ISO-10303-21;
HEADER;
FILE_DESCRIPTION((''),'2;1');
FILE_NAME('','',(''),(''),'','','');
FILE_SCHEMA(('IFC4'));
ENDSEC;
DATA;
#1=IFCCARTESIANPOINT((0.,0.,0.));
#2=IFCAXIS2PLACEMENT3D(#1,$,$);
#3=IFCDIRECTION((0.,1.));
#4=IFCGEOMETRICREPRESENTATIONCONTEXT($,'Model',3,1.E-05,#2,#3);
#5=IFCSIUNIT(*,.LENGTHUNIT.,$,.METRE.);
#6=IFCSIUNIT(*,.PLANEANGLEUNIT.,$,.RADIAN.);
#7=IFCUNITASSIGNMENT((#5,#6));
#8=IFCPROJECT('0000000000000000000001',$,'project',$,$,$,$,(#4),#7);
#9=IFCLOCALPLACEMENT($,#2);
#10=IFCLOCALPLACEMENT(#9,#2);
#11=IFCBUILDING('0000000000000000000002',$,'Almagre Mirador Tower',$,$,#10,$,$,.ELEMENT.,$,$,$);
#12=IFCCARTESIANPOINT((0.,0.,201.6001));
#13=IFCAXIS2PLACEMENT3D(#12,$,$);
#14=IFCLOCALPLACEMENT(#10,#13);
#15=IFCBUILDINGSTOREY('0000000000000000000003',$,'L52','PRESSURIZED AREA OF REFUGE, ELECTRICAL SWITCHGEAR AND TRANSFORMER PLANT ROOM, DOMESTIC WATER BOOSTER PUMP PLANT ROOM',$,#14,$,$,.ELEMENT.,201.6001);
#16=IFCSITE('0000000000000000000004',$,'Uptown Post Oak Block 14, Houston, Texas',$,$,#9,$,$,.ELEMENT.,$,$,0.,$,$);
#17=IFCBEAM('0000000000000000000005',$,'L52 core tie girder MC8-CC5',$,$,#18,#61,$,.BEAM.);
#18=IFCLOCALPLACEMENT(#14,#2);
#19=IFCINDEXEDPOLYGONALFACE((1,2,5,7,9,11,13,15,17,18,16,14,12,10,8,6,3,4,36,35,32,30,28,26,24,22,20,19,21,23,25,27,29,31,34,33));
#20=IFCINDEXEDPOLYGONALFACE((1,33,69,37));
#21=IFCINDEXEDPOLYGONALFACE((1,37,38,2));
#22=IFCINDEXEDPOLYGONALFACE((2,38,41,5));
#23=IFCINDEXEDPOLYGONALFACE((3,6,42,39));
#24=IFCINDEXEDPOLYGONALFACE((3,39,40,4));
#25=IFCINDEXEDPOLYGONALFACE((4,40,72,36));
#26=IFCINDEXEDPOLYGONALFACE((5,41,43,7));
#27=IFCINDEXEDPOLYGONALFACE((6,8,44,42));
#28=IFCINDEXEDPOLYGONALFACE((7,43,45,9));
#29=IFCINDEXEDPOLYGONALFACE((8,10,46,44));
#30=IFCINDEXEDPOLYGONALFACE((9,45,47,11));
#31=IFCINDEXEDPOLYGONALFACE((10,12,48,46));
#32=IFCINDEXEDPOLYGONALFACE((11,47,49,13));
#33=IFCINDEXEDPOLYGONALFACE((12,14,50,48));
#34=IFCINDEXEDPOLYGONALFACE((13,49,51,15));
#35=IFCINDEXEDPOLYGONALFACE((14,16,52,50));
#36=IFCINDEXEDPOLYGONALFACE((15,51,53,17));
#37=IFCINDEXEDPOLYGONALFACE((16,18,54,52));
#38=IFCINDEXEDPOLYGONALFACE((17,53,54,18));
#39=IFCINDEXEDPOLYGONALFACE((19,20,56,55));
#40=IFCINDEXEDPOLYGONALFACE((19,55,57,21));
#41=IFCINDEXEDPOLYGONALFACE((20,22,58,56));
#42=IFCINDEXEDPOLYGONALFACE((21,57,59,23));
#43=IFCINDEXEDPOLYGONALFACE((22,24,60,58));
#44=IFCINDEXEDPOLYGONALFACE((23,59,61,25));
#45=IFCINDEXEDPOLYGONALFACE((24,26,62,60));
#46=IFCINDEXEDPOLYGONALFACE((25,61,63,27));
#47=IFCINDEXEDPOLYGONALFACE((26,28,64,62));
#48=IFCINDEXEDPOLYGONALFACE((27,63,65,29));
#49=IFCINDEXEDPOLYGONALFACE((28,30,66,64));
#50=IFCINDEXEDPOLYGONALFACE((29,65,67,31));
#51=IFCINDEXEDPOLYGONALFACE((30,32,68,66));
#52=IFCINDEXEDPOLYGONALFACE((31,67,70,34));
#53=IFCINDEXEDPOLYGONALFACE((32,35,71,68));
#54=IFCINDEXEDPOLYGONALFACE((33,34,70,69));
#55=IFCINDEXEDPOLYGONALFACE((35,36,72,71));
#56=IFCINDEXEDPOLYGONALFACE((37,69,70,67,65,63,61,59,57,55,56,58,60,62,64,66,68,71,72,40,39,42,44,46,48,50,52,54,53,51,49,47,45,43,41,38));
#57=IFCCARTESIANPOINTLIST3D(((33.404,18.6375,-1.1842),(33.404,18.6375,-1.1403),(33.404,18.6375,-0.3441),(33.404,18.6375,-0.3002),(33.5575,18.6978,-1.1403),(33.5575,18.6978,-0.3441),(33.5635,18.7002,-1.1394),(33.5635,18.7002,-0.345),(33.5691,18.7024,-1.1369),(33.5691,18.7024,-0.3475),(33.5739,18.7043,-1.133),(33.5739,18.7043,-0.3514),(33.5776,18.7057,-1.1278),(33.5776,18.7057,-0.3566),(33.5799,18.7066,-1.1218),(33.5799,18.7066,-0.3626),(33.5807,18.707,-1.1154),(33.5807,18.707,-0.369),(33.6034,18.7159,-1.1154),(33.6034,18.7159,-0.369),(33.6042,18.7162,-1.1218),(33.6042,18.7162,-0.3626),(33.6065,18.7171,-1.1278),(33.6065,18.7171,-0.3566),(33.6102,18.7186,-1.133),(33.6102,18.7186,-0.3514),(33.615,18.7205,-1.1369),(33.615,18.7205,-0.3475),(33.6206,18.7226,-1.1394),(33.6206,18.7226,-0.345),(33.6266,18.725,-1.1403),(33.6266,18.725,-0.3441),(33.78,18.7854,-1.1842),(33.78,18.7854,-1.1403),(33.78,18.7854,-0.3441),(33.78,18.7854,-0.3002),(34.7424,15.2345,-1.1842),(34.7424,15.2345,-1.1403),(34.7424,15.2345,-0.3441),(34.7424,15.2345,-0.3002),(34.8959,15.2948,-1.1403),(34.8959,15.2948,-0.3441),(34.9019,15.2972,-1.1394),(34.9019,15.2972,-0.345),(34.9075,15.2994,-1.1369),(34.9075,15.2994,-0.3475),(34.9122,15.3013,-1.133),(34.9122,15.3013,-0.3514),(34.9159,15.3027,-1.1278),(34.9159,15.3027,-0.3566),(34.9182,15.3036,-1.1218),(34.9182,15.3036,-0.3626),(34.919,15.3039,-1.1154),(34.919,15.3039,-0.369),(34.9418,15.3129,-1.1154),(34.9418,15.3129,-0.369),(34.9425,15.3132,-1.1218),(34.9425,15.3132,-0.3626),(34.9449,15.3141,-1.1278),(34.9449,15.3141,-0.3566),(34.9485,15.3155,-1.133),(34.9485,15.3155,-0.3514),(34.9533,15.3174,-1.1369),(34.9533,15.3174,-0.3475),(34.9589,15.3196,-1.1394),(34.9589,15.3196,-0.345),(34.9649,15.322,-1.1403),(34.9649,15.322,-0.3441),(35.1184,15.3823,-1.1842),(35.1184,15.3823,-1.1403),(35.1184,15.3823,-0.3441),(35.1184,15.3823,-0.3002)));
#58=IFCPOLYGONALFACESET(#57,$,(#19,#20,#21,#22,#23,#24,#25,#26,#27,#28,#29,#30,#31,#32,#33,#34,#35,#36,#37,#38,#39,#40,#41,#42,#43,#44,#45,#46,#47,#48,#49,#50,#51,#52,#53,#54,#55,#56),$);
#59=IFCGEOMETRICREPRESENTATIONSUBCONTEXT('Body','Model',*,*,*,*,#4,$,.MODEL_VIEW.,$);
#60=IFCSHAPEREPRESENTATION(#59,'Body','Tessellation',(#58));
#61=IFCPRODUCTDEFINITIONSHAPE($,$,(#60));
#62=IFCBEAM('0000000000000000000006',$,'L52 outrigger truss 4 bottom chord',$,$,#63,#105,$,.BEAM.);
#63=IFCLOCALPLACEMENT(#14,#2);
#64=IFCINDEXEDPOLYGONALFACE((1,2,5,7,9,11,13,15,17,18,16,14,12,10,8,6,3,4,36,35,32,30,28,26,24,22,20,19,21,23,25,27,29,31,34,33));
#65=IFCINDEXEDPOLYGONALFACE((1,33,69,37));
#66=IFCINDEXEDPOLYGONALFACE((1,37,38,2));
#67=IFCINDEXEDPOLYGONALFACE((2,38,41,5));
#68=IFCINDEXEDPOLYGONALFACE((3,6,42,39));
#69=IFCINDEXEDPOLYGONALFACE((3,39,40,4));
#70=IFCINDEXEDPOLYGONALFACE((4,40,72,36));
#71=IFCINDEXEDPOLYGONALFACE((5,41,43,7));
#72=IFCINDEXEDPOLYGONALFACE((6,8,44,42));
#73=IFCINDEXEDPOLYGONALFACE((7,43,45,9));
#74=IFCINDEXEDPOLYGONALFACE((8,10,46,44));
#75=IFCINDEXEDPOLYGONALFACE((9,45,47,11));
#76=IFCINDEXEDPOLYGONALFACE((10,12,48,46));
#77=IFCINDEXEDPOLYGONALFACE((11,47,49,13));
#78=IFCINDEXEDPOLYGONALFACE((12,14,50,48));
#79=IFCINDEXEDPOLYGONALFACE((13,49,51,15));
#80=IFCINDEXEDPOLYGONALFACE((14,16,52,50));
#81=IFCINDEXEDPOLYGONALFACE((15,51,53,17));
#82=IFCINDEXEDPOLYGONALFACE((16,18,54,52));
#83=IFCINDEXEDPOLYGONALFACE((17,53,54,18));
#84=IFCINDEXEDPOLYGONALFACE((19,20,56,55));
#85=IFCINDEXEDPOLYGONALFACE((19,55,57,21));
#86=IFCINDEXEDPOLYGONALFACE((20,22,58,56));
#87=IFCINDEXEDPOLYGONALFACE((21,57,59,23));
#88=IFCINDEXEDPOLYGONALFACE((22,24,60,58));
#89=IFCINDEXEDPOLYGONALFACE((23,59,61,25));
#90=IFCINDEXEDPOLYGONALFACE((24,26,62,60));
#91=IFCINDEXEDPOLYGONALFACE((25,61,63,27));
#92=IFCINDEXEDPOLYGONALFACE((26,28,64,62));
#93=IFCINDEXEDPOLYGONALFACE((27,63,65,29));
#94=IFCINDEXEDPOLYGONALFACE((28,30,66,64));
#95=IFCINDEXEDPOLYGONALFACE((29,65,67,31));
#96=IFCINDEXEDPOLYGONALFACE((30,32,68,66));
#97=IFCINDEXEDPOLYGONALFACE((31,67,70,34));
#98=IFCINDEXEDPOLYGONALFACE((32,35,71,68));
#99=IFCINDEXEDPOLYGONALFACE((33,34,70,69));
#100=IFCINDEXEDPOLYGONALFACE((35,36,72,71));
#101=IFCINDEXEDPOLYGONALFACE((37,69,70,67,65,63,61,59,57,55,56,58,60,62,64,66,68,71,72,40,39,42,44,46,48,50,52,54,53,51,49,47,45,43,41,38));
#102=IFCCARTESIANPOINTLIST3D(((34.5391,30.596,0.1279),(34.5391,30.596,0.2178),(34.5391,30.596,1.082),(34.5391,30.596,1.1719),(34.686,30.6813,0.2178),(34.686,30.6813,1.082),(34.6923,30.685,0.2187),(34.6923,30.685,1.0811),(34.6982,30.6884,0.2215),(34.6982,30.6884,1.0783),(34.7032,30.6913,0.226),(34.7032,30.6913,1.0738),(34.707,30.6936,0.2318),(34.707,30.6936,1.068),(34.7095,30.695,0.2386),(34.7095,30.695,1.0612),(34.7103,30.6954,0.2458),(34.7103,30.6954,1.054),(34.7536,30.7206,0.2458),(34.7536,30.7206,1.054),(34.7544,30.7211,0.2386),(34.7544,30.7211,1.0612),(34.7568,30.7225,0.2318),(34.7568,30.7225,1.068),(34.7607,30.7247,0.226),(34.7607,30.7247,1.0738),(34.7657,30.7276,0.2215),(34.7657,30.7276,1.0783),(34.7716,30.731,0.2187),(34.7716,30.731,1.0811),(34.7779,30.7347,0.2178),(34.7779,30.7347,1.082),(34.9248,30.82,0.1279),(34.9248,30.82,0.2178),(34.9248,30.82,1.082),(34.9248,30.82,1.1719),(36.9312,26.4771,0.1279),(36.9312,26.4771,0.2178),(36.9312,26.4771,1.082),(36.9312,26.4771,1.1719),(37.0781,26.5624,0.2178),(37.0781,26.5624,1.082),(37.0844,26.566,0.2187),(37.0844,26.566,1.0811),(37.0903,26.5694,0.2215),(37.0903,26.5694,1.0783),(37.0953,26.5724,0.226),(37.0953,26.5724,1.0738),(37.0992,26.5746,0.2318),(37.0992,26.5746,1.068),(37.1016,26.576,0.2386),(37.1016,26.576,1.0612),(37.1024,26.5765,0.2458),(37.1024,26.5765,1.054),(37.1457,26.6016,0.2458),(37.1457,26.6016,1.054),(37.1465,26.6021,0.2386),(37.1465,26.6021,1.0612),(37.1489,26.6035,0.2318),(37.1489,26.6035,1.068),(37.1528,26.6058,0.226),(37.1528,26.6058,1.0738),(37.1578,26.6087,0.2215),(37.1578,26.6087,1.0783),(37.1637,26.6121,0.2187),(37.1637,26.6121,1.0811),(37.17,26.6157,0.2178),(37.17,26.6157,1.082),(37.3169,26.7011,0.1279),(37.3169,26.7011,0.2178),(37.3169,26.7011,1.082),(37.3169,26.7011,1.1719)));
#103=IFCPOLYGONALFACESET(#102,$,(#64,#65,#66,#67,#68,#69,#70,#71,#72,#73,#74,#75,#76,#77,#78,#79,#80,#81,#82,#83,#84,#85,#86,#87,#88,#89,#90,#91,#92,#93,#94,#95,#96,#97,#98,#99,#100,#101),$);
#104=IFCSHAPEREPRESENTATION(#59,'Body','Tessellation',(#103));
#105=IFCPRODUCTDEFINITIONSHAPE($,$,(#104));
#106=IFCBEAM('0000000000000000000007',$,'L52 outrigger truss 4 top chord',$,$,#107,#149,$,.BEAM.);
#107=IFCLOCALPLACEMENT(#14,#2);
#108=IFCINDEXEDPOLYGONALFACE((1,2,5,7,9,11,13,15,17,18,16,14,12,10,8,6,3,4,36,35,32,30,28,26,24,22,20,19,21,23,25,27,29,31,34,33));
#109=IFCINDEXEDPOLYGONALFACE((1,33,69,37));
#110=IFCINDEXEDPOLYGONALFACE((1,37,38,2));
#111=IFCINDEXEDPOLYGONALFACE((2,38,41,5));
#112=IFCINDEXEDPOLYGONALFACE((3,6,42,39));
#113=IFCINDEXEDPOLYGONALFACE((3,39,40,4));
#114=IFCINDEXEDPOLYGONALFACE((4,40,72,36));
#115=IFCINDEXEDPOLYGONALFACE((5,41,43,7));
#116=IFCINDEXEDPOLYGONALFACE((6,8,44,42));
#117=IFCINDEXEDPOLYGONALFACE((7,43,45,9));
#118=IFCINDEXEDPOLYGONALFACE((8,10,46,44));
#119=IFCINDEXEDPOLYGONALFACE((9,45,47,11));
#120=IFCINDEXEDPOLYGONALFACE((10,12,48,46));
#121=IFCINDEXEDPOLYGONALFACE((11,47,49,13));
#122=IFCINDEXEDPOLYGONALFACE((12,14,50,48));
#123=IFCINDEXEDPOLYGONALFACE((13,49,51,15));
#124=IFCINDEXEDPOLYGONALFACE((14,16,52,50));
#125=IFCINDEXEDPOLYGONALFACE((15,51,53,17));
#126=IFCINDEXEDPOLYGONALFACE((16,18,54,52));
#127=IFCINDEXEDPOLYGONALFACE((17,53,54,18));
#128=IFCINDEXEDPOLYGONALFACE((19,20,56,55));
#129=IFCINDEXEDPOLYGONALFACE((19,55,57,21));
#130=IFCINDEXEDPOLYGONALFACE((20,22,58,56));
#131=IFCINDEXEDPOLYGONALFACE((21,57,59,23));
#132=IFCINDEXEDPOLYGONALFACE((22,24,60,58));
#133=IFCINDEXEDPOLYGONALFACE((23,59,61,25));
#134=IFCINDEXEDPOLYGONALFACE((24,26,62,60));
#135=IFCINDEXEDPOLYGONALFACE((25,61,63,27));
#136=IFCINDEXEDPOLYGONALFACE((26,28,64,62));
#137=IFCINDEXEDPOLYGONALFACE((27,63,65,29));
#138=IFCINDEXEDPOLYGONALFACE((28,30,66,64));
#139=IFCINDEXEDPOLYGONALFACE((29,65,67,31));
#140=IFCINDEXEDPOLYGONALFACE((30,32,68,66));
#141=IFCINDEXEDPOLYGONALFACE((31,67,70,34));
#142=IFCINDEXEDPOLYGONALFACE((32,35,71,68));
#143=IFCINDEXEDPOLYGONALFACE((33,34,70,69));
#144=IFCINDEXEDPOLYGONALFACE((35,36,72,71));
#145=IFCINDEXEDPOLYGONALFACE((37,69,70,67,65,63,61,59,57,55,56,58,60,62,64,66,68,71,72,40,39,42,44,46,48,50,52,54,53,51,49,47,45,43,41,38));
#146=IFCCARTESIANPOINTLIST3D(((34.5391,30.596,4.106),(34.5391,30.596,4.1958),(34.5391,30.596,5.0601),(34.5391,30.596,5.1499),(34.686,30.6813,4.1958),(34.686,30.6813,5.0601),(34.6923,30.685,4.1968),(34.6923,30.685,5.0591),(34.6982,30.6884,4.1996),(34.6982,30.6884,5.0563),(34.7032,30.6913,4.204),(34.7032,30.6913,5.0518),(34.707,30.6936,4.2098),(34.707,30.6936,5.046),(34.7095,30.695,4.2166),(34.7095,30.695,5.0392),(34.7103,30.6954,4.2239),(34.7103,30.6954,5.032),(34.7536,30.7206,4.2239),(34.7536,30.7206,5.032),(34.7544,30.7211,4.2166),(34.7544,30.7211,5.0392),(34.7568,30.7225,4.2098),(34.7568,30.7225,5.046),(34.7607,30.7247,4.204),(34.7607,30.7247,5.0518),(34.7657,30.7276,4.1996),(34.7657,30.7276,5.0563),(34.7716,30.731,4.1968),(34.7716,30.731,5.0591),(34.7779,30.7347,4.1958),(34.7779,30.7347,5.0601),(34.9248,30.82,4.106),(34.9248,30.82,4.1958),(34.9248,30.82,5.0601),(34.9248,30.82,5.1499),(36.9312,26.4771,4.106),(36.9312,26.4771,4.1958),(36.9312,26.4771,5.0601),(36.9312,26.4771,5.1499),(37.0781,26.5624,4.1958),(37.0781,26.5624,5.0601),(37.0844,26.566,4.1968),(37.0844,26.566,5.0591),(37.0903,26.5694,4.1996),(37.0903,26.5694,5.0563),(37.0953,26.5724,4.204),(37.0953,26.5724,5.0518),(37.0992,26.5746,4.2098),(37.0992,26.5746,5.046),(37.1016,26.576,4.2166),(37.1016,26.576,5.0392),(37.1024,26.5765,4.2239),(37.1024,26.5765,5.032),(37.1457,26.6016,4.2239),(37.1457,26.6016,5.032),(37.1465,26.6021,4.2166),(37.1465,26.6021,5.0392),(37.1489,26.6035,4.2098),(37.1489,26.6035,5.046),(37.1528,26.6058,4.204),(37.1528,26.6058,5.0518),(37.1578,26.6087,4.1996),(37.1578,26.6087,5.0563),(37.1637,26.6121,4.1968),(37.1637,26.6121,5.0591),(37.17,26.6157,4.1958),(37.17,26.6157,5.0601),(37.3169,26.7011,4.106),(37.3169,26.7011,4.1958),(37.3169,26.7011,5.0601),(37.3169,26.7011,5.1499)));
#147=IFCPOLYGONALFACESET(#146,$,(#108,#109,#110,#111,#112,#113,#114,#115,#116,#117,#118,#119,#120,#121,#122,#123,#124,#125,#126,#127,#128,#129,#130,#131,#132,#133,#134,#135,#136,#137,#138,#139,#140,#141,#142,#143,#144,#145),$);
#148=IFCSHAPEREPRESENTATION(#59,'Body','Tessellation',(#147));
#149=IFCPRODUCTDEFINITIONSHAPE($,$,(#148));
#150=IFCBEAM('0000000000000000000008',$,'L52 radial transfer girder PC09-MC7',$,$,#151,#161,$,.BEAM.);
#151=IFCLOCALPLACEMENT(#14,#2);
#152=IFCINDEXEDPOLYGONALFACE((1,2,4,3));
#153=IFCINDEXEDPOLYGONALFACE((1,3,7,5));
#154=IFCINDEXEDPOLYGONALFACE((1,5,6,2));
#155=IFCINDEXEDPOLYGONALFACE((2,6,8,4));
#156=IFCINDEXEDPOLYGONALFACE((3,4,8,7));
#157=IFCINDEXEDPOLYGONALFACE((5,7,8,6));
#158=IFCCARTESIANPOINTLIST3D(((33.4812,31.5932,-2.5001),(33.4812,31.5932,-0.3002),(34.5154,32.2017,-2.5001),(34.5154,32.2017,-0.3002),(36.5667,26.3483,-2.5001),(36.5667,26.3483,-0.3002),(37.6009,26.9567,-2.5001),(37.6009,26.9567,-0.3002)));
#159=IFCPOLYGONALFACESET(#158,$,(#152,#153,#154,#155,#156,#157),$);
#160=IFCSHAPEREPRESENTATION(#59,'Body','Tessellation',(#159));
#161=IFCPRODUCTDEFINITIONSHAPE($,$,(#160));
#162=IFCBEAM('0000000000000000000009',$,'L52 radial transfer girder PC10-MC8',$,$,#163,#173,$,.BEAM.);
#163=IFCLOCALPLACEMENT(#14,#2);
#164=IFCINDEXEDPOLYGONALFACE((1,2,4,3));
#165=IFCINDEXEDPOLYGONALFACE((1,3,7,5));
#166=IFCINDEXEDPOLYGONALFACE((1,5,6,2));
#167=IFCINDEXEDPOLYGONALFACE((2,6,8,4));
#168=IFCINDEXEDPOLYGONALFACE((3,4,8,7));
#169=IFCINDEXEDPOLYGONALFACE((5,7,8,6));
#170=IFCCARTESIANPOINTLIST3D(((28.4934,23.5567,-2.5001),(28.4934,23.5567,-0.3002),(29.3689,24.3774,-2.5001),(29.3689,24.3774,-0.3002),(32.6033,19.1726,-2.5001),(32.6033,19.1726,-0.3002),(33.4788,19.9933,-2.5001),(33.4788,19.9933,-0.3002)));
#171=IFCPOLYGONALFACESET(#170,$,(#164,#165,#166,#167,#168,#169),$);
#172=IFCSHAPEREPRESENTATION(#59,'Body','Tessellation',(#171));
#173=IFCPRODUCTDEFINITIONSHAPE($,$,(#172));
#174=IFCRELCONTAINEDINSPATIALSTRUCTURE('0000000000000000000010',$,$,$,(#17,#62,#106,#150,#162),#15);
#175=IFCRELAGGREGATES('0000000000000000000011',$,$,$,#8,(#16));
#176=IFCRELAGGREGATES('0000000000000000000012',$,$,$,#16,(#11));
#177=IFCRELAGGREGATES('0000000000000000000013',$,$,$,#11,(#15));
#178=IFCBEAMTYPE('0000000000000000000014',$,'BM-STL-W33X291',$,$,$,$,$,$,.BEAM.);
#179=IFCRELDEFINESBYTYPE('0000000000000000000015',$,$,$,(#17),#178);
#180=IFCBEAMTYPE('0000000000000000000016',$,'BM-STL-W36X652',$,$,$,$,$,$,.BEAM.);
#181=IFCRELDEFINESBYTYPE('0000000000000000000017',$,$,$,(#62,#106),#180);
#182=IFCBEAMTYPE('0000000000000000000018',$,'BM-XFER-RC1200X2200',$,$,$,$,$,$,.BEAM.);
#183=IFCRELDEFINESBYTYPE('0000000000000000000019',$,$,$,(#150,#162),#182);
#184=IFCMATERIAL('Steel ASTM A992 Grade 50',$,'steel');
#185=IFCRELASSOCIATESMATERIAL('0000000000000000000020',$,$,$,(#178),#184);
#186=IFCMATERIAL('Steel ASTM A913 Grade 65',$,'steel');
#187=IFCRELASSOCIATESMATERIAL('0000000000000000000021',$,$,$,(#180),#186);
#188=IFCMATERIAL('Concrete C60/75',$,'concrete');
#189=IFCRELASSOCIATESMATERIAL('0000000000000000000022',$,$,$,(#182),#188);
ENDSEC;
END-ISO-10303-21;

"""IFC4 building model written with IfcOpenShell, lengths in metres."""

from ifc_helpers import new_model, si_unit, direction, frame, origin, origin_2d, place, context, subcontext, project, spatial, rectangle, i_section, extrude, material, material_profile, profile_set, type_object, element, save


model = new_model("IFC4")

# Units and contexts
model_context = context("Model", 3, precision=1e-05, world=origin(), true_north=direction((0.0, 1.0)))
body_context = subcontext(model_context, "Body", "Model", "MODEL_VIEW")
ifc_project = project(units=[si_unit("LENGTHUNIT", "METRE"), si_unit("PLANEANGLEUNIT", "RADIAN")], contexts=[model_context])

# Site, building, storey
site_placement = place(None, origin())
site = spatial("IfcSite", under=ifc_project, at=site_placement, Name="Uptown Post Oak Block 14, Houston, Texas", CompositionType="ELEMENT", RefElevation=0.0)
building_placement = place(site_placement, origin())
building = spatial("IfcBuilding", under=site, at=building_placement, Name="Almagre Mirador Tower", CompositionType="ELEMENT")
storey_placement = place(building_placement, frame((0.0, 0.0, 201.6001)))
storey = spatial("IfcBuildingStorey", under=building, at=storey_placement, Name="L52", Description="PRESSURIZED AREA OF REFUGE, ELECTRICAL SWITCHGEAR AND TRANSFORMER PLANT ROOM, DOMESTIC WATER BOOSTER PUMP PLANT ROOM", CompositionType="ELEMENT", Elevation=201.6001)

# Beams
ifc_material_1 = material(Name="Steel ASTM A992 Grade 50", Category="steel")
ifc_material_profile_1 = material_profile(ifc_material_1, i_section(OverallWidth=0.4041, OverallDepth=0.884, WebThickness=0.0244, FlangeThickness=0.0439, FilletRadius=0.0249, at=origin_2d()), Name="W33X291")
ifc_profile_set_1 = profile_set([ifc_material_profile_1], Name="Steel ASTM A992 Grade 50")
beam_type_1 = type_object("IfcBeamType", Name="BM-STL-W33X291", PredefinedType="BEAM", material=ifc_profile_set_1)
beam_1_placement = place(storey_placement, frame((33.592, 18.7114, -0.7422), z_axis=(0.365997, -0.930616, 0.0), x_axis=(0.930616, 0.365997, 0.0)))
element("IfcBeam", 1, at=beam_1_placement, inside=storey, type_object=beam_type_1, Name="L52 core tie girder MC8-CC5", PredefinedType="BEAM", context=body_context, shape_type="SweptSolid", body=[
    extrude(i_section(OverallWidth=0.4041, OverallDepth=0.884, WebThickness=0.0244, FlangeThickness=0.0439, FilletRadius=0.0249, at=origin_2d()), origin(), (0.0, 0.0, 1.0), 3.6567),
])
ifc_material_2 = material(Name="Steel ASTM A913 Grade 65", Category="steel")
ifc_material_profile_2 = material_profile(ifc_material_2, i_section(OverallWidth=0.446, OverallDepth=1.0439, WebThickness=0.05, FlangeThickness=0.0898, FilletRadius=0.0281, at=origin_2d()), Name="W36X652")
ifc_profile_set_2 = profile_set([ifc_material_profile_2], Name="Steel ASTM A913 Grade 65")
beam_type_2 = type_object("IfcBeamType", Name="BM-STL-W36X652", PredefinedType="BEAM", material=ifc_profile_set_2)
for number, where, z_axis, x_axis, name in (
    (2, (34.7319, 30.708, 0.6499), (0.50221, -0.864746, 0.0), (0.864746, 0.50221, 0.0), "L52 outrigger truss 4 bottom chord"),
    (3, (34.7319, 30.708, 4.6279), (0.50221, -0.864746, 0.0), (0.864746, 0.50221, 0.0), "L52 outrigger truss 4 top chord"),
):
    element("IfcBeam", number, at=place(storey_placement, frame(where, z_axis=z_axis, x_axis=x_axis)), inside=storey, type_object=beam_type_2, Name=name, PredefinedType="BEAM", context=body_context, shape_type="SweptSolid", body=[
        extrude(i_section(OverallWidth=0.446, OverallDepth=1.0439, WebThickness=0.05, FlangeThickness=0.0898, FilletRadius=0.0281, at=origin_2d()), origin(), (0.0, 0.0, 1.0), 4.7632),
    ])
ifc_material_3 = material(Name="Concrete C60/75", Category="concrete")
ifc_material_profile_3 = material_profile(ifc_material_3, rectangle(XDim=1.2, YDim=2.2, at=origin_2d()), Name="RC1200X2200")
ifc_profile_set_3 = profile_set([ifc_material_profile_3], Name="Concrete C60/75")
beam_type_3 = type_object("IfcBeamType", Name="BM-XFER-RC1200X2200", PredefinedType="BEAM", material=ifc_profile_set_3)
beam_2_placement = place(storey_placement, frame((33.9983, 31.8975, -1.4001), z_axis=(0.507048, -0.861918, 0.0), x_axis=(0.861918, 0.507048, 0.0)))
element("IfcBeam", 4, at=beam_2_placement, inside=storey, type_object=beam_type_3, Name="L52 radial transfer girder PC09-MC7", PredefinedType="BEAM", context=body_context, shape_type="SweptSolid", body=[
    extrude(rectangle(XDim=1.2, YDim=2.2, at=origin_2d()), origin(), (0.0, 0.0, 1.0), 6.0852),
])
beam_3_placement = place(storey_placement, frame((28.9312, 23.967, -1.4001), z_axis=(0.683926, -0.729551, 0.0), x_axis=(0.729551, 0.683926, 0.0)))
element("IfcBeam", 5, at=beam_3_placement, inside=storey, type_object=beam_type_3, Name="L52 radial transfer girder PC10-MC8", PredefinedType="BEAM", context=body_context, shape_type="SweptSolid", body=[
    extrude(rectangle(XDim=1.2, YDim=2.2, at=origin_2d()), origin(), (0.0, 0.0, 1.0), 6.0093),
])

save(model, "model.ifc")
